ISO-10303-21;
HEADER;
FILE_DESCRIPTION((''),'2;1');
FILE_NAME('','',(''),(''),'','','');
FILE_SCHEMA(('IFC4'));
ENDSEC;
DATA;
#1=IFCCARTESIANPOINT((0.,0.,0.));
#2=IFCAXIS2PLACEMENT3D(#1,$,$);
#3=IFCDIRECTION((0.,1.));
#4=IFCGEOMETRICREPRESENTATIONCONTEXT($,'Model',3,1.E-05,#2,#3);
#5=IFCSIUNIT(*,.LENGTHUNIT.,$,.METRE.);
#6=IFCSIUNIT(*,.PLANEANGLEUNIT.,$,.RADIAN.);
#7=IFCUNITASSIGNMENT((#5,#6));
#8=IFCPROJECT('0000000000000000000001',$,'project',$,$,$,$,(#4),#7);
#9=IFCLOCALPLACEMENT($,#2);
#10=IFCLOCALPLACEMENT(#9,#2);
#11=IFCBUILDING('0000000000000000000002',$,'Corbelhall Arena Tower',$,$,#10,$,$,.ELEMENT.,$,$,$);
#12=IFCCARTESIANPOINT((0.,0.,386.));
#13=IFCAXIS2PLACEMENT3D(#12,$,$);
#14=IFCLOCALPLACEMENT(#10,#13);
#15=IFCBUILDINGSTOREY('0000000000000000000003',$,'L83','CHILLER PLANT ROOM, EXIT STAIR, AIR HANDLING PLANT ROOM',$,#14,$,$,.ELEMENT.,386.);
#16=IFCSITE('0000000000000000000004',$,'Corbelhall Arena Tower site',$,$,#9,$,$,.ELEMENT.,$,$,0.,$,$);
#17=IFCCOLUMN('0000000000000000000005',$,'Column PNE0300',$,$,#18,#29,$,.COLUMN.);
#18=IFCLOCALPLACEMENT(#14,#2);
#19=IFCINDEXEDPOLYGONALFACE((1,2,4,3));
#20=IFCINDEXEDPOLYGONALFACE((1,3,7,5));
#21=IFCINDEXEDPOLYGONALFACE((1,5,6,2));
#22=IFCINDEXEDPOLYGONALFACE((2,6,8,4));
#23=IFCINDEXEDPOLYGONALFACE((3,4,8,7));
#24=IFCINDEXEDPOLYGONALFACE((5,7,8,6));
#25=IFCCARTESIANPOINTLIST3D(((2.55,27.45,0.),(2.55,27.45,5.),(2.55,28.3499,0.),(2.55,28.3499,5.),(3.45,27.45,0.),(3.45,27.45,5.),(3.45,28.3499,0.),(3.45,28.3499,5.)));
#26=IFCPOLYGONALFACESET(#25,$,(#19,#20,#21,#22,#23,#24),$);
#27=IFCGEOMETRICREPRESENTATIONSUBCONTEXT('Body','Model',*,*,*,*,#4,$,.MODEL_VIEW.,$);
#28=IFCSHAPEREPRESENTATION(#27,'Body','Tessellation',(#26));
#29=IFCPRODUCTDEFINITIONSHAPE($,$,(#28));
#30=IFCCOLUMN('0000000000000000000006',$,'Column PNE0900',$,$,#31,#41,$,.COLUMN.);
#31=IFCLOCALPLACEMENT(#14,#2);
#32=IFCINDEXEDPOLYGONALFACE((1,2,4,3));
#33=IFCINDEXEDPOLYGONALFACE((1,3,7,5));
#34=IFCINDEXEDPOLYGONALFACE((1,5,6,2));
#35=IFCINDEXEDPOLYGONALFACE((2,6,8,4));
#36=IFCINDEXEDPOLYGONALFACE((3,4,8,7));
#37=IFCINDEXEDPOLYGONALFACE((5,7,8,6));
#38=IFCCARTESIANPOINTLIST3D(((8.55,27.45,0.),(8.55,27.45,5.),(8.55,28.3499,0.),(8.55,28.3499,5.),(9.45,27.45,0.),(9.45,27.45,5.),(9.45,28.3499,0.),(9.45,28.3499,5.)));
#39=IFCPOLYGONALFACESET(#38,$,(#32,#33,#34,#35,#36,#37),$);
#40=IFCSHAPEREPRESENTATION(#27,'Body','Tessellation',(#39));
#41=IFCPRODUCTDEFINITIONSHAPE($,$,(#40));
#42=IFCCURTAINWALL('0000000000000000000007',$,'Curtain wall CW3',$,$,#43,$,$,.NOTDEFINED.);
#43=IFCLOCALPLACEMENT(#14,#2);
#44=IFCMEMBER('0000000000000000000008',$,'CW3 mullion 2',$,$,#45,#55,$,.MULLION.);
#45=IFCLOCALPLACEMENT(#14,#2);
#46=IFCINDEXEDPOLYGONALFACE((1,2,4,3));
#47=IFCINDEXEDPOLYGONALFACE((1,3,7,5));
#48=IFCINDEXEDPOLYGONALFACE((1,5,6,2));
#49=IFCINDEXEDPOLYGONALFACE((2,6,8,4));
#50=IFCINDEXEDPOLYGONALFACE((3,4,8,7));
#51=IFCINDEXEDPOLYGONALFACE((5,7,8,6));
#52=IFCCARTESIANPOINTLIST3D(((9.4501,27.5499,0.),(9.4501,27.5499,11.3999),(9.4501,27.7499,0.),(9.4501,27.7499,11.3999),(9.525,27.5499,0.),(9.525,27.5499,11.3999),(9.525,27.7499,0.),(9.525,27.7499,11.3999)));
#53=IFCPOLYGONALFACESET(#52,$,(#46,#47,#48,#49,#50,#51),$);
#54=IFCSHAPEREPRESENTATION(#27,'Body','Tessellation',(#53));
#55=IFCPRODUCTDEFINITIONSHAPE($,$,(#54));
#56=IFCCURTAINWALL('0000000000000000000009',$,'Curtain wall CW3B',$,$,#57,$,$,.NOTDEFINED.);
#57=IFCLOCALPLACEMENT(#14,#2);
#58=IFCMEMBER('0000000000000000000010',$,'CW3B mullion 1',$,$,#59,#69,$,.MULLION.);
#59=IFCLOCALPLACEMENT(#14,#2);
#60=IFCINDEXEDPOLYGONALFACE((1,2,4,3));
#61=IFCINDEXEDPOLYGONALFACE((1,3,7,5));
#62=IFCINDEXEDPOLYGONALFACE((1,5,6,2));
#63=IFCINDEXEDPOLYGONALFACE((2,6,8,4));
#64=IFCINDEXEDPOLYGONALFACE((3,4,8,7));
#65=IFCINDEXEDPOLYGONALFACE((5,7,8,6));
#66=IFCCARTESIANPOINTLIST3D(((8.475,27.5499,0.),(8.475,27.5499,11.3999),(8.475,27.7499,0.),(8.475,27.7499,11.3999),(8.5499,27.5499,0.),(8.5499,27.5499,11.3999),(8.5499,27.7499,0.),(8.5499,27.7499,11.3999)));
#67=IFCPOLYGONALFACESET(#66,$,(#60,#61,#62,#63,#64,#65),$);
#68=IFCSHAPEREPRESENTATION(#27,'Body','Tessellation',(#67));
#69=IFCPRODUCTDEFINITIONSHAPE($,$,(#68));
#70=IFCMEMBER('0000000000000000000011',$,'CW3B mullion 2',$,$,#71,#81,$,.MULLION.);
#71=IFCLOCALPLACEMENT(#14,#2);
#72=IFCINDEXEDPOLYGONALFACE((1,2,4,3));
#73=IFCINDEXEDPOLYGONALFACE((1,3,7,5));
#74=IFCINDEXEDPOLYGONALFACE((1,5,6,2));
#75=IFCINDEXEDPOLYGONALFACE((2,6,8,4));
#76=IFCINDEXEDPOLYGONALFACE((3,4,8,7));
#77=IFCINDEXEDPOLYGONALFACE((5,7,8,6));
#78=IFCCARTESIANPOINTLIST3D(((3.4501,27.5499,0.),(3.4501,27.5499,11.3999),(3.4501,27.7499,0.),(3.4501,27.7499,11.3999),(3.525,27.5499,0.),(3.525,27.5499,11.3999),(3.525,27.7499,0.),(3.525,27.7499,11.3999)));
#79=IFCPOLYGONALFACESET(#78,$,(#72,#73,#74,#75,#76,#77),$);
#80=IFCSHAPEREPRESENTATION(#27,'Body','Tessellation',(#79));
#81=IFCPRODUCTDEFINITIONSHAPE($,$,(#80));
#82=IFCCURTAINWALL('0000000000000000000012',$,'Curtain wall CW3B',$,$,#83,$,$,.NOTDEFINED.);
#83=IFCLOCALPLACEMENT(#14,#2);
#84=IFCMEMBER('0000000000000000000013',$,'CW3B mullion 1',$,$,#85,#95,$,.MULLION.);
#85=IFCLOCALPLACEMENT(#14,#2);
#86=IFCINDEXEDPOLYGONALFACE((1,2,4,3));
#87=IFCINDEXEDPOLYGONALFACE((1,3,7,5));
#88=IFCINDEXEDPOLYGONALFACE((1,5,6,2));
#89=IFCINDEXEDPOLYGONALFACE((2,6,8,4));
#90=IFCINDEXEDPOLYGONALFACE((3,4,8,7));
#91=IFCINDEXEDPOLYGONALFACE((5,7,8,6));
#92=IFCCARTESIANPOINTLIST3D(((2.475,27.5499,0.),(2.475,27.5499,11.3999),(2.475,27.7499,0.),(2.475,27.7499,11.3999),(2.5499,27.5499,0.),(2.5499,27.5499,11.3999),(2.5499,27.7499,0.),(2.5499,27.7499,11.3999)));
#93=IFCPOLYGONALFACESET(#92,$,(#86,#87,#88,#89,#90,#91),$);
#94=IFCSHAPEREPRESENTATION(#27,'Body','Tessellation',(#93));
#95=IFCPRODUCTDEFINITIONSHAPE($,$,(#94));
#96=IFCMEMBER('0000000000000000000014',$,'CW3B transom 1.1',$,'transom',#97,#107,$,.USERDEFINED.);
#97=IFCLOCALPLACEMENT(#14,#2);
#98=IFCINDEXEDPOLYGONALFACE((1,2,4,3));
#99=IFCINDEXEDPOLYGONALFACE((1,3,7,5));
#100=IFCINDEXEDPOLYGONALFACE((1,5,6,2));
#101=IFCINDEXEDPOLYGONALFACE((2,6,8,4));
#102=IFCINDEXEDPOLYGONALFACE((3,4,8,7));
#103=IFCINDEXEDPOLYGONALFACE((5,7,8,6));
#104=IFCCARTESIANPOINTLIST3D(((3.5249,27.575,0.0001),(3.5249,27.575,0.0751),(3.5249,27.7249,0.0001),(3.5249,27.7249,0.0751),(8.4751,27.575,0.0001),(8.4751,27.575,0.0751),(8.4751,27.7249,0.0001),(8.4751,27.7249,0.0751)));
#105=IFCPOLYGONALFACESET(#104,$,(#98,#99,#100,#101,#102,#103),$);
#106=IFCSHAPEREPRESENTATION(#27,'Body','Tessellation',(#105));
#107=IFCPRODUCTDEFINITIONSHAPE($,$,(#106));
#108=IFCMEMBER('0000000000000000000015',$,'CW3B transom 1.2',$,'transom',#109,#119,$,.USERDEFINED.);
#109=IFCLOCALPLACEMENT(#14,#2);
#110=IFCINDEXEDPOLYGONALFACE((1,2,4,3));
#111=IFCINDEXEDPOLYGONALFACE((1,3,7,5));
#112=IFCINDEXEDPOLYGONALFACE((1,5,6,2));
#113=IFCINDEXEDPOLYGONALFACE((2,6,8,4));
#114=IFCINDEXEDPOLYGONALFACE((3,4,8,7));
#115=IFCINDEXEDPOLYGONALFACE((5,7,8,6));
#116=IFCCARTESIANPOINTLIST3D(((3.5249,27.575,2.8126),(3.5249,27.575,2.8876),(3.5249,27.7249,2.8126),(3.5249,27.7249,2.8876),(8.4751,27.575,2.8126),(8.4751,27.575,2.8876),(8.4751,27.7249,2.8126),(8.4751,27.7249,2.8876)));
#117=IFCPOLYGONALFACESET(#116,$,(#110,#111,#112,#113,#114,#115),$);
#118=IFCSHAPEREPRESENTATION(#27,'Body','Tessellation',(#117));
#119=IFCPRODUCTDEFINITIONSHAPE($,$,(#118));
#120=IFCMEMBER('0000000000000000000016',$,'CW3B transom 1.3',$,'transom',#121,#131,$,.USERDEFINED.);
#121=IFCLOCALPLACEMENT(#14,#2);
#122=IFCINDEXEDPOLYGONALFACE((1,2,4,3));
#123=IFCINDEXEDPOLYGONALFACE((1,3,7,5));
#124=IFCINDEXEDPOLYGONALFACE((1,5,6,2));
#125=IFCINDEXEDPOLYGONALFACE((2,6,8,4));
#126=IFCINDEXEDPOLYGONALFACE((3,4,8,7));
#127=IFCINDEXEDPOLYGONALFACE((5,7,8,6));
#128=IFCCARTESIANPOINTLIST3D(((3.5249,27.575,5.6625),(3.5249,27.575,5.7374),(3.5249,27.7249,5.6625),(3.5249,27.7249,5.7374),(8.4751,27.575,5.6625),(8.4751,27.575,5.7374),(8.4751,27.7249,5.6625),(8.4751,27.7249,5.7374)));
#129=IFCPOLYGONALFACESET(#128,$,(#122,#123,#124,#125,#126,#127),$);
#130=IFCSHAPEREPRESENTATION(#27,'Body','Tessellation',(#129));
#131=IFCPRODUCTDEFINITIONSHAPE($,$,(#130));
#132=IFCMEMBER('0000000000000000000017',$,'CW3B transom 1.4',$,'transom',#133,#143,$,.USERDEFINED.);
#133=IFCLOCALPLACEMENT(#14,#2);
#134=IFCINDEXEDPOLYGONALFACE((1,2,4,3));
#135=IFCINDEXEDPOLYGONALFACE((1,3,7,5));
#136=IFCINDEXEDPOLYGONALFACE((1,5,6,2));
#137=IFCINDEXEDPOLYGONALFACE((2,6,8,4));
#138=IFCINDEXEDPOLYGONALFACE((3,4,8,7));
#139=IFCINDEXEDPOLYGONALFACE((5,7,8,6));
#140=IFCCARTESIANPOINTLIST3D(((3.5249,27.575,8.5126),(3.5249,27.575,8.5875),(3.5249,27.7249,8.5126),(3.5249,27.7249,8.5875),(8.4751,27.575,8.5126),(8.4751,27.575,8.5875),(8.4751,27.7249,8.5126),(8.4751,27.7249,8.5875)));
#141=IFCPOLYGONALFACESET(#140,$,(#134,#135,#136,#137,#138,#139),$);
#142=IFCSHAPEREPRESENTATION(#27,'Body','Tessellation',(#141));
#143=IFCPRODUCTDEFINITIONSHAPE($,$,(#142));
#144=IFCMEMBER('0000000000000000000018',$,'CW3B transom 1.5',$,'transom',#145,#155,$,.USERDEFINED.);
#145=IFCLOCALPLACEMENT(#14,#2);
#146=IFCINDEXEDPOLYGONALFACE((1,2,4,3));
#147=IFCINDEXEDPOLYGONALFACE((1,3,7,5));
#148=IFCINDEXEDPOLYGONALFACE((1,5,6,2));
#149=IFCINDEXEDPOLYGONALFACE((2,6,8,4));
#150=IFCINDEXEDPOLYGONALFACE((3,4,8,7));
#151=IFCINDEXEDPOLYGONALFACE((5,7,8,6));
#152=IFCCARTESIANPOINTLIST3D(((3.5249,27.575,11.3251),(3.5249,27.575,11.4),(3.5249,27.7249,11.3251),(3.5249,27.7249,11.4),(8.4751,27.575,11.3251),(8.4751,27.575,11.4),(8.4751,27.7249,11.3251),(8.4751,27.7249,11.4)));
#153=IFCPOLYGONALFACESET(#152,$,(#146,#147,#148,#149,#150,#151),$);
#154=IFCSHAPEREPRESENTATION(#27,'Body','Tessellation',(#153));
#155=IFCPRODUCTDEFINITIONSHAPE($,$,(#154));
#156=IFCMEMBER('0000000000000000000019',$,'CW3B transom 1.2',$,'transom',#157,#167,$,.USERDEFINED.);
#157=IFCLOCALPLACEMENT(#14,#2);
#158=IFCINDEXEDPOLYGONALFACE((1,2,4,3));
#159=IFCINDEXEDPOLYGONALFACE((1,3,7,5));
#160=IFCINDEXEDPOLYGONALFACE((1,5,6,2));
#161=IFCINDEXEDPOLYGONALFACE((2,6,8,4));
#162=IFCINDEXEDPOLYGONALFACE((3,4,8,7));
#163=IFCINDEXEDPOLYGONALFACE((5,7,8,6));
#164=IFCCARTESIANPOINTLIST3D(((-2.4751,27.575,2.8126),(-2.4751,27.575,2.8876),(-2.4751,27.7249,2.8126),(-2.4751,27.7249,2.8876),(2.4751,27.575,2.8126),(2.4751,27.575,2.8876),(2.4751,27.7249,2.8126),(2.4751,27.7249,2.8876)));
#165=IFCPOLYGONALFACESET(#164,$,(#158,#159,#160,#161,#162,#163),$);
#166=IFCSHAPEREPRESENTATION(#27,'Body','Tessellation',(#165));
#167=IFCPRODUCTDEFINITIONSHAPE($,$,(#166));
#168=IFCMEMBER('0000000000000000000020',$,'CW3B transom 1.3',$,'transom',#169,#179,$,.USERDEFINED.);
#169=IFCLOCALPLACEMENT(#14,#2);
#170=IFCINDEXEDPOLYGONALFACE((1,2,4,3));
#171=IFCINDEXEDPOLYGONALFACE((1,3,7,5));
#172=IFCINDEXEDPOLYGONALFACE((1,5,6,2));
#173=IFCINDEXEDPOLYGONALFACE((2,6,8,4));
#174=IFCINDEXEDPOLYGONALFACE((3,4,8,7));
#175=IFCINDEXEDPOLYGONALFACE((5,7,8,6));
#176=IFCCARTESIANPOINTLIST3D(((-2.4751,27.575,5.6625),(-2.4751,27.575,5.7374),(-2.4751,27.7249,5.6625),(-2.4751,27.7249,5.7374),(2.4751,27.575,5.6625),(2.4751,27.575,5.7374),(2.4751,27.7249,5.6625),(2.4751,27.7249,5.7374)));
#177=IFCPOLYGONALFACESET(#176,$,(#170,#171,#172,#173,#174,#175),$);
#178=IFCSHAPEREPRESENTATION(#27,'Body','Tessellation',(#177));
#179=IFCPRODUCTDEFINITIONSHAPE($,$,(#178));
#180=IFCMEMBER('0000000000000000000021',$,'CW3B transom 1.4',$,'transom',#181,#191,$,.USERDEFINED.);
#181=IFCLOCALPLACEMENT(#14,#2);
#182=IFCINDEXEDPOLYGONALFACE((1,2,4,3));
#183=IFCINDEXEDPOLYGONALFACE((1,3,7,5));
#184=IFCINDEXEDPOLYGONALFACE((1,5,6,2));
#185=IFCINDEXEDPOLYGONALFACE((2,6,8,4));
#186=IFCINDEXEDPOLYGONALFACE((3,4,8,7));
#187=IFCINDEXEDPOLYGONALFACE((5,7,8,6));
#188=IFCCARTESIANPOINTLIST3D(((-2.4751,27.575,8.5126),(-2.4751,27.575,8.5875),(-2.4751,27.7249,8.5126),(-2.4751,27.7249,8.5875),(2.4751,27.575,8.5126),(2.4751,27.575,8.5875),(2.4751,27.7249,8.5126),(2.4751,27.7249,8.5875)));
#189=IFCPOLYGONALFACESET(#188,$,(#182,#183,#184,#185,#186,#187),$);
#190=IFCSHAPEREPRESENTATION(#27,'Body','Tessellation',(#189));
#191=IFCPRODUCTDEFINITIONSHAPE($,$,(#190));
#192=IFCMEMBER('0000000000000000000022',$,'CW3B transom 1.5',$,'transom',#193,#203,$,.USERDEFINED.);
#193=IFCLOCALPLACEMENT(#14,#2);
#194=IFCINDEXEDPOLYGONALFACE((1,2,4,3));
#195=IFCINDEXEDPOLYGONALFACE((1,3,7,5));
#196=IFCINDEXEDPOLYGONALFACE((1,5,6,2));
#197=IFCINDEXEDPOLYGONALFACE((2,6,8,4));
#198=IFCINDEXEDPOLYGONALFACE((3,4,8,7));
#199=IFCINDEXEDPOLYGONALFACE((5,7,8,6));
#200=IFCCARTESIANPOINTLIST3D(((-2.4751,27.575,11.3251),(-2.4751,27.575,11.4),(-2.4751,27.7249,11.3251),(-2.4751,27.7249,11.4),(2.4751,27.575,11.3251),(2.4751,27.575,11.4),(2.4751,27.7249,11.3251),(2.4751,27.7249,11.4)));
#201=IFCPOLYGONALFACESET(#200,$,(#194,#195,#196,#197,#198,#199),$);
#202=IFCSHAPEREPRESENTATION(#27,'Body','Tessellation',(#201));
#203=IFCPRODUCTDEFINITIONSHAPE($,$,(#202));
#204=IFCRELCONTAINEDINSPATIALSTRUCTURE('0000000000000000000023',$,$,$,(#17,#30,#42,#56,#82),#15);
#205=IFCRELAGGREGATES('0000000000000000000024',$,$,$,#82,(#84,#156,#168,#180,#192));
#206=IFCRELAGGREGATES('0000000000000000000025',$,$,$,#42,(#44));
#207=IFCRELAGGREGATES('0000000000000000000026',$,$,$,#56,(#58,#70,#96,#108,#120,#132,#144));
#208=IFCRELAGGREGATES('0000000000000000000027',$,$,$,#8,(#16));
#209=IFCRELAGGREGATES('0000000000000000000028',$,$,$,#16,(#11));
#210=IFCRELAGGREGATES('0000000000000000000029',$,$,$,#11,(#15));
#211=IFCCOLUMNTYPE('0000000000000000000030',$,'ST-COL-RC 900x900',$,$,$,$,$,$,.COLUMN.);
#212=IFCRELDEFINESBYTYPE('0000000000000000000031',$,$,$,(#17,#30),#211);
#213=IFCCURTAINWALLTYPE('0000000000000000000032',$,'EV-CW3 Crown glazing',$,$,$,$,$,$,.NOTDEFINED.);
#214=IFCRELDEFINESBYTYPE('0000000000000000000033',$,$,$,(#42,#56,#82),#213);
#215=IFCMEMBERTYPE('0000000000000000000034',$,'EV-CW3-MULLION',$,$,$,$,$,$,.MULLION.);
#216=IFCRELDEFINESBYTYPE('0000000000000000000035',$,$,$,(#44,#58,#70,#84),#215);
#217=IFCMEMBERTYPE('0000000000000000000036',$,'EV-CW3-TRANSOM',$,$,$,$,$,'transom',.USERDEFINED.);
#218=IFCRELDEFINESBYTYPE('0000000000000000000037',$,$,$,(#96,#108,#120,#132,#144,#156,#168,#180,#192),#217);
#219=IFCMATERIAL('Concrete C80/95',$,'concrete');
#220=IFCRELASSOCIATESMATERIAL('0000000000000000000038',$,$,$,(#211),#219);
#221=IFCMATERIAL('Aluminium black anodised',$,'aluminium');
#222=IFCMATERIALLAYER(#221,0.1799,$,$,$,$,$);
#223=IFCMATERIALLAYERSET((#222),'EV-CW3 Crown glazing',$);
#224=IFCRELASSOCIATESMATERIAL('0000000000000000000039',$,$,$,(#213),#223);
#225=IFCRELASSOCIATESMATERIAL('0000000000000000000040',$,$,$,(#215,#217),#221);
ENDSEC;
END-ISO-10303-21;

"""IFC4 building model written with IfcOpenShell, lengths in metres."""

from ifc_helpers import new_model, si_unit, direction, frame, origin, origin_2d, place, context, subcontext, project, spatial, rectangle, extrude, material, layer, layer_set, material_profile, profile_set, type_object, element, aggregate, save


model = new_model("IFC4")

# Units and contexts
model_context = context("Model", 3, precision=1e-05, world=origin(), true_north=direction((0.0, 1.0)))
body_context = subcontext(model_context, "Body", "Model", "MODEL_VIEW")
ifc_project = project(units=[si_unit("LENGTHUNIT", "METRE"), si_unit("PLANEANGLEUNIT", "RADIAN")], contexts=[model_context])

# Site, building, storey
site_placement = place(None, origin())
site = spatial("IfcSite", under=ifc_project, at=site_placement, Name="Corbelhall Arena Tower site", CompositionType="ELEMENT", RefElevation=0.0)
building_placement = place(site_placement, origin())
building = spatial("IfcBuilding", under=site, at=building_placement, Name="Corbelhall Arena Tower", CompositionType="ELEMENT")
storey_placement = place(building_placement, frame((0.0, 0.0, 386.0)))
storey = spatial("IfcBuildingStorey", under=building, at=storey_placement, Name="L83", Description="CHILLER PLANT ROOM, EXIT STAIR, AIR HANDLING PLANT ROOM", CompositionType="ELEMENT", Elevation=386.0)

# Columns
ifc_material_1 = material(Name="Concrete C80/95", Category="concrete")
ifc_material_profile_1 = material_profile(ifc_material_1, rectangle(XDim=0.8999, YDim=0.8999, at=origin_2d()))
ifc_profile_set_1 = profile_set([ifc_material_profile_1], Name="Concrete C80/95")
column_type = type_object("IfcColumnType", Name="ST-COL-RC 900x900", PredefinedType="COLUMN", material=ifc_profile_set_1)
for number, where, z_axis, x_axis, name in (
    (1, (3.0, 27.8999, 0.0), (0.0, 0.0, 1.0), (1.0, 0.0, 0.0), "Column PNE0300"),
    (2, (9.0, 27.8999, 0.0), (0.0, 0.0, 1.0), (1.0, 0.0, 0.0), "Column PNE0900"),
):
    element("IfcColumn", number, at=place(storey_placement, frame(where, z_axis=z_axis, x_axis=x_axis)), inside=storey, type_object=column_type, Name=name, PredefinedType="COLUMN", context=body_context, shape_type="SweptSolid", body=[
        extrude(rectangle(XDim=0.8999, YDim=0.8999, at=origin_2d()), origin(), (0.0, 0.0, 1.0), 5.0),
    ])

# Curtain wall, member
ifc_material_2 = material(Name="Aluminium black anodised", Category="aluminium")
ifc_layer_1 = layer(ifc_material_2, 0.1799)
ifc_layer_set_1 = layer_set([ifc_layer_1], Name="EV-CW3 Crown glazing")
curtain_wall_type = type_object("IfcCurtainWallType", Name="EV-CW3 Crown glazing", PredefinedType="NOTDEFINED", material=ifc_layer_set_1)
curtain_wall_1_placement = place(storey_placement, origin())
curtain_wall_1 = element("IfcCurtainWall", 3, at=curtain_wall_1_placement, inside=storey, type_object=curtain_wall_type, Name="Curtain wall CW3", PredefinedType="NOTDEFINED")
ifc_material_profile_2 = material_profile(ifc_material_2, rectangle(XDim=0.2, YDim=0.075, at=origin_2d()))
ifc_profile_set_2 = profile_set([ifc_material_profile_2], Name="Aluminium black anodised")
member_type_1 = type_object("IfcMemberType", Name="EV-CW3-MULLION", PredefinedType="MULLION", material=ifc_profile_set_2)
member_1_placement = place(storey_placement, frame((9.4875, 27.6499, 0.0), z_axis=(0.0, 0.0, 1.0), x_axis=(0.0, -1.0, 0.0)))
member_1 = element("IfcMember", 4, at=member_1_placement, type_object=member_type_1, Name="CW3 mullion 2", PredefinedType="MULLION", context=body_context, shape_type="SweptSolid", body=[
    extrude(rectangle(XDim=0.2, YDim=0.075, at=origin_2d()), origin(), (0.0, 0.0, 1.0), 11.3999),
])

# Curtain wall, members
curtain_wall_2_placement = place(storey_placement, origin())
curtain_wall_2 = element("IfcCurtainWall", 5, at=curtain_wall_2_placement, inside=storey, type_object=curtain_wall_type, Name="Curtain wall CW3B", PredefinedType="NOTDEFINED")
member_2_placement = place(storey_placement, frame((8.5125, 27.6499, 0.0), z_axis=(0.0, 0.0, 1.0), x_axis=(0.0, -1.0, 0.0)))
member_2 = element("IfcMember", 6, at=member_2_placement, type_object=member_type_1, Name="CW3B mullion 1", PredefinedType="MULLION", context=body_context, shape_type="SweptSolid", body=[
    extrude(rectangle(XDim=0.2, YDim=0.075, at=origin_2d()), origin(), (0.0, 0.0, 1.0), 11.3999),
])
member_3_placement = place(storey_placement, frame((3.4875, 27.6499, 0.0), z_axis=(0.0, 0.0, 1.0), x_axis=(0.0, -1.0, 0.0)))
member_3 = element("IfcMember", 7, at=member_3_placement, type_object=member_type_1, Name="CW3B mullion 2", PredefinedType="MULLION", context=body_context, shape_type="SweptSolid", body=[
    extrude(rectangle(XDim=0.2, YDim=0.075, at=origin_2d()), origin(), (0.0, 0.0, 1.0), 11.3999),
])

# Curtain wall, member
curtain_wall_3_placement = place(storey_placement, origin())
curtain_wall_3 = element("IfcCurtainWall", 8, at=curtain_wall_3_placement, inside=storey, type_object=curtain_wall_type, Name="Curtain wall CW3B", PredefinedType="NOTDEFINED")
member_4_placement = place(storey_placement, frame((2.5125, 27.6499, 0.0), z_axis=(0.0, 0.0, 1.0), x_axis=(0.0, -1.0, 0.0)))
member_4 = element("IfcMember", 9, at=member_4_placement, type_object=member_type_1, Name="CW3B mullion 1", PredefinedType="MULLION", context=body_context, shape_type="SweptSolid", body=[
    extrude(rectangle(XDim=0.2, YDim=0.075, at=origin_2d()), origin(), (0.0, 0.0, 1.0), 11.3999),
])

# Members
ifc_material_profile_3 = material_profile(ifc_material_2, rectangle(XDim=0.1499, YDim=0.075, at=origin_2d()))
ifc_profile_set_3 = profile_set([ifc_material_profile_3], Name="Aluminium black anodised")
member_type_2 = type_object("IfcMemberType", Name="EV-CW3-TRANSOM", ElementType="transom", PredefinedType="USERDEFINED", material=ifc_profile_set_3)
member_5_placement = place(storey_placement, frame((8.4751, 27.6499, 0.0376), z_axis=(-1.0, 0.0, 0.0), x_axis=(0.0, -1.0, 0.0)))
member_5 = element("IfcMember", 10, at=member_5_placement, type_object=member_type_2, Name="CW3B transom 1.1", ObjectType="transom", PredefinedType="USERDEFINED", context=body_context, shape_type="SweptSolid", body=[
    extrude(rectangle(XDim=0.1499, YDim=0.075, at=origin_2d()), origin(), (0.0, 0.0, 1.0), 4.9502),
])
member_6_placement = place(storey_placement, frame((8.4751, 27.6499, 2.8501), z_axis=(-1.0, 0.0, 0.0), x_axis=(0.0, -1.0, 0.0)))
member_6 = element("IfcMember", 11, at=member_6_placement, type_object=member_type_2, Name="CW3B transom 1.2", ObjectType="transom", PredefinedType="USERDEFINED", context=body_context, shape_type="SweptSolid", body=[
    extrude(rectangle(XDim=0.1499, YDim=0.075, at=origin_2d()), origin(), (0.0, 0.0, 1.0), 4.9502),
])
member_7_placement = place(storey_placement, frame((8.4751, 27.6499, 5.7), z_axis=(-1.0, 0.0, 0.0), x_axis=(0.0, -1.0, 0.0)))
member_7 = element("IfcMember", 12, at=member_7_placement, type_object=member_type_2, Name="CW3B transom 1.3", ObjectType="transom", PredefinedType="USERDEFINED", context=body_context, shape_type="SweptSolid", body=[
    extrude(rectangle(XDim=0.1499, YDim=0.075, at=origin_2d()), origin(), (0.0, 0.0, 1.0), 4.9502),
])
member_8_placement = place(storey_placement, frame((8.4751, 27.6499, 8.55), z_axis=(-1.0, 0.0, 0.0), x_axis=(0.0, -1.0, 0.0)))
member_8 = element("IfcMember", 13, at=member_8_placement, type_object=member_type_2, Name="CW3B transom 1.4", ObjectType="transom", PredefinedType="USERDEFINED", context=body_context, shape_type="SweptSolid", body=[
    extrude(rectangle(XDim=0.1499, YDim=0.075, at=origin_2d()), origin(), (0.0, 0.0, 1.0), 4.9502),
])
member_9_placement = place(storey_placement, frame((8.4751, 27.6499, 11.3625), z_axis=(-1.0, 0.0, 0.0), x_axis=(0.0, -1.0, 0.0)))
member_9 = element("IfcMember", 14, at=member_9_placement, type_object=member_type_2, Name="CW3B transom 1.5", ObjectType="transom", PredefinedType="USERDEFINED", context=body_context, shape_type="SweptSolid", body=[
    extrude(rectangle(XDim=0.1499, YDim=0.075, at=origin_2d()), origin(), (0.0, 0.0, 1.0), 4.9502),
])
member_10_placement = place(storey_placement, frame((2.4751, 27.6499, 2.8501), z_axis=(-1.0, 0.0, 0.0), x_axis=(0.0, -1.0, 0.0)))
member_10 = element("IfcMember", 15, at=member_10_placement, type_object=member_type_2, Name="CW3B transom 1.2", ObjectType="transom", PredefinedType="USERDEFINED", context=body_context, shape_type="SweptSolid", body=[
    extrude(rectangle(XDim=0.1499, YDim=0.075, at=origin_2d()), origin(), (0.0, 0.0, 1.0), 4.9502),
])
member_11_placement = place(storey_placement, frame((2.4751, 27.6499, 5.7), z_axis=(-1.0, 0.0, 0.0), x_axis=(0.0, -1.0, 0.0)))
member_11 = element("IfcMember", 16, at=member_11_placement, type_object=member_type_2, Name="CW3B transom 1.3", ObjectType="transom", PredefinedType="USERDEFINED", context=body_context, shape_type="SweptSolid", body=[
    extrude(rectangle(XDim=0.1499, YDim=0.075, at=origin_2d()), origin(), (0.0, 0.0, 1.0), 4.9502),
])
member_12_placement = place(storey_placement, frame((2.4751, 27.6499, 8.55), z_axis=(-1.0, 0.0, 0.0), x_axis=(0.0, -1.0, 0.0)))
member_12 = element("IfcMember", 17, at=member_12_placement, type_object=member_type_2, Name="CW3B transom 1.4", ObjectType="transom", PredefinedType="USERDEFINED", context=body_context, shape_type="SweptSolid", body=[
    extrude(rectangle(XDim=0.1499, YDim=0.075, at=origin_2d()), origin(), (0.0, 0.0, 1.0), 4.9502),
])
member_13_placement = place(storey_placement, frame((2.4751, 27.6499, 11.3625), z_axis=(-1.0, 0.0, 0.0), x_axis=(0.0, -1.0, 0.0)))
member_13 = element("IfcMember", 18, at=member_13_placement, type_object=member_type_2, Name="CW3B transom 1.5", ObjectType="transom", PredefinedType="USERDEFINED", context=body_context, shape_type="SweptSolid", body=[
    extrude(rectangle(XDim=0.1499, YDim=0.075, at=origin_2d()), origin(), (0.0, 0.0, 1.0), 4.9502),
])
aggregate(curtain_wall_3, [member_4, member_10, member_11, member_12, member_13])

aggregate(curtain_wall_1, [member_1])
aggregate(curtain_wall_2, [member_2, member_3, member_5, member_6, member_7, member_8, member_9])

save(model, "model.ifc")
